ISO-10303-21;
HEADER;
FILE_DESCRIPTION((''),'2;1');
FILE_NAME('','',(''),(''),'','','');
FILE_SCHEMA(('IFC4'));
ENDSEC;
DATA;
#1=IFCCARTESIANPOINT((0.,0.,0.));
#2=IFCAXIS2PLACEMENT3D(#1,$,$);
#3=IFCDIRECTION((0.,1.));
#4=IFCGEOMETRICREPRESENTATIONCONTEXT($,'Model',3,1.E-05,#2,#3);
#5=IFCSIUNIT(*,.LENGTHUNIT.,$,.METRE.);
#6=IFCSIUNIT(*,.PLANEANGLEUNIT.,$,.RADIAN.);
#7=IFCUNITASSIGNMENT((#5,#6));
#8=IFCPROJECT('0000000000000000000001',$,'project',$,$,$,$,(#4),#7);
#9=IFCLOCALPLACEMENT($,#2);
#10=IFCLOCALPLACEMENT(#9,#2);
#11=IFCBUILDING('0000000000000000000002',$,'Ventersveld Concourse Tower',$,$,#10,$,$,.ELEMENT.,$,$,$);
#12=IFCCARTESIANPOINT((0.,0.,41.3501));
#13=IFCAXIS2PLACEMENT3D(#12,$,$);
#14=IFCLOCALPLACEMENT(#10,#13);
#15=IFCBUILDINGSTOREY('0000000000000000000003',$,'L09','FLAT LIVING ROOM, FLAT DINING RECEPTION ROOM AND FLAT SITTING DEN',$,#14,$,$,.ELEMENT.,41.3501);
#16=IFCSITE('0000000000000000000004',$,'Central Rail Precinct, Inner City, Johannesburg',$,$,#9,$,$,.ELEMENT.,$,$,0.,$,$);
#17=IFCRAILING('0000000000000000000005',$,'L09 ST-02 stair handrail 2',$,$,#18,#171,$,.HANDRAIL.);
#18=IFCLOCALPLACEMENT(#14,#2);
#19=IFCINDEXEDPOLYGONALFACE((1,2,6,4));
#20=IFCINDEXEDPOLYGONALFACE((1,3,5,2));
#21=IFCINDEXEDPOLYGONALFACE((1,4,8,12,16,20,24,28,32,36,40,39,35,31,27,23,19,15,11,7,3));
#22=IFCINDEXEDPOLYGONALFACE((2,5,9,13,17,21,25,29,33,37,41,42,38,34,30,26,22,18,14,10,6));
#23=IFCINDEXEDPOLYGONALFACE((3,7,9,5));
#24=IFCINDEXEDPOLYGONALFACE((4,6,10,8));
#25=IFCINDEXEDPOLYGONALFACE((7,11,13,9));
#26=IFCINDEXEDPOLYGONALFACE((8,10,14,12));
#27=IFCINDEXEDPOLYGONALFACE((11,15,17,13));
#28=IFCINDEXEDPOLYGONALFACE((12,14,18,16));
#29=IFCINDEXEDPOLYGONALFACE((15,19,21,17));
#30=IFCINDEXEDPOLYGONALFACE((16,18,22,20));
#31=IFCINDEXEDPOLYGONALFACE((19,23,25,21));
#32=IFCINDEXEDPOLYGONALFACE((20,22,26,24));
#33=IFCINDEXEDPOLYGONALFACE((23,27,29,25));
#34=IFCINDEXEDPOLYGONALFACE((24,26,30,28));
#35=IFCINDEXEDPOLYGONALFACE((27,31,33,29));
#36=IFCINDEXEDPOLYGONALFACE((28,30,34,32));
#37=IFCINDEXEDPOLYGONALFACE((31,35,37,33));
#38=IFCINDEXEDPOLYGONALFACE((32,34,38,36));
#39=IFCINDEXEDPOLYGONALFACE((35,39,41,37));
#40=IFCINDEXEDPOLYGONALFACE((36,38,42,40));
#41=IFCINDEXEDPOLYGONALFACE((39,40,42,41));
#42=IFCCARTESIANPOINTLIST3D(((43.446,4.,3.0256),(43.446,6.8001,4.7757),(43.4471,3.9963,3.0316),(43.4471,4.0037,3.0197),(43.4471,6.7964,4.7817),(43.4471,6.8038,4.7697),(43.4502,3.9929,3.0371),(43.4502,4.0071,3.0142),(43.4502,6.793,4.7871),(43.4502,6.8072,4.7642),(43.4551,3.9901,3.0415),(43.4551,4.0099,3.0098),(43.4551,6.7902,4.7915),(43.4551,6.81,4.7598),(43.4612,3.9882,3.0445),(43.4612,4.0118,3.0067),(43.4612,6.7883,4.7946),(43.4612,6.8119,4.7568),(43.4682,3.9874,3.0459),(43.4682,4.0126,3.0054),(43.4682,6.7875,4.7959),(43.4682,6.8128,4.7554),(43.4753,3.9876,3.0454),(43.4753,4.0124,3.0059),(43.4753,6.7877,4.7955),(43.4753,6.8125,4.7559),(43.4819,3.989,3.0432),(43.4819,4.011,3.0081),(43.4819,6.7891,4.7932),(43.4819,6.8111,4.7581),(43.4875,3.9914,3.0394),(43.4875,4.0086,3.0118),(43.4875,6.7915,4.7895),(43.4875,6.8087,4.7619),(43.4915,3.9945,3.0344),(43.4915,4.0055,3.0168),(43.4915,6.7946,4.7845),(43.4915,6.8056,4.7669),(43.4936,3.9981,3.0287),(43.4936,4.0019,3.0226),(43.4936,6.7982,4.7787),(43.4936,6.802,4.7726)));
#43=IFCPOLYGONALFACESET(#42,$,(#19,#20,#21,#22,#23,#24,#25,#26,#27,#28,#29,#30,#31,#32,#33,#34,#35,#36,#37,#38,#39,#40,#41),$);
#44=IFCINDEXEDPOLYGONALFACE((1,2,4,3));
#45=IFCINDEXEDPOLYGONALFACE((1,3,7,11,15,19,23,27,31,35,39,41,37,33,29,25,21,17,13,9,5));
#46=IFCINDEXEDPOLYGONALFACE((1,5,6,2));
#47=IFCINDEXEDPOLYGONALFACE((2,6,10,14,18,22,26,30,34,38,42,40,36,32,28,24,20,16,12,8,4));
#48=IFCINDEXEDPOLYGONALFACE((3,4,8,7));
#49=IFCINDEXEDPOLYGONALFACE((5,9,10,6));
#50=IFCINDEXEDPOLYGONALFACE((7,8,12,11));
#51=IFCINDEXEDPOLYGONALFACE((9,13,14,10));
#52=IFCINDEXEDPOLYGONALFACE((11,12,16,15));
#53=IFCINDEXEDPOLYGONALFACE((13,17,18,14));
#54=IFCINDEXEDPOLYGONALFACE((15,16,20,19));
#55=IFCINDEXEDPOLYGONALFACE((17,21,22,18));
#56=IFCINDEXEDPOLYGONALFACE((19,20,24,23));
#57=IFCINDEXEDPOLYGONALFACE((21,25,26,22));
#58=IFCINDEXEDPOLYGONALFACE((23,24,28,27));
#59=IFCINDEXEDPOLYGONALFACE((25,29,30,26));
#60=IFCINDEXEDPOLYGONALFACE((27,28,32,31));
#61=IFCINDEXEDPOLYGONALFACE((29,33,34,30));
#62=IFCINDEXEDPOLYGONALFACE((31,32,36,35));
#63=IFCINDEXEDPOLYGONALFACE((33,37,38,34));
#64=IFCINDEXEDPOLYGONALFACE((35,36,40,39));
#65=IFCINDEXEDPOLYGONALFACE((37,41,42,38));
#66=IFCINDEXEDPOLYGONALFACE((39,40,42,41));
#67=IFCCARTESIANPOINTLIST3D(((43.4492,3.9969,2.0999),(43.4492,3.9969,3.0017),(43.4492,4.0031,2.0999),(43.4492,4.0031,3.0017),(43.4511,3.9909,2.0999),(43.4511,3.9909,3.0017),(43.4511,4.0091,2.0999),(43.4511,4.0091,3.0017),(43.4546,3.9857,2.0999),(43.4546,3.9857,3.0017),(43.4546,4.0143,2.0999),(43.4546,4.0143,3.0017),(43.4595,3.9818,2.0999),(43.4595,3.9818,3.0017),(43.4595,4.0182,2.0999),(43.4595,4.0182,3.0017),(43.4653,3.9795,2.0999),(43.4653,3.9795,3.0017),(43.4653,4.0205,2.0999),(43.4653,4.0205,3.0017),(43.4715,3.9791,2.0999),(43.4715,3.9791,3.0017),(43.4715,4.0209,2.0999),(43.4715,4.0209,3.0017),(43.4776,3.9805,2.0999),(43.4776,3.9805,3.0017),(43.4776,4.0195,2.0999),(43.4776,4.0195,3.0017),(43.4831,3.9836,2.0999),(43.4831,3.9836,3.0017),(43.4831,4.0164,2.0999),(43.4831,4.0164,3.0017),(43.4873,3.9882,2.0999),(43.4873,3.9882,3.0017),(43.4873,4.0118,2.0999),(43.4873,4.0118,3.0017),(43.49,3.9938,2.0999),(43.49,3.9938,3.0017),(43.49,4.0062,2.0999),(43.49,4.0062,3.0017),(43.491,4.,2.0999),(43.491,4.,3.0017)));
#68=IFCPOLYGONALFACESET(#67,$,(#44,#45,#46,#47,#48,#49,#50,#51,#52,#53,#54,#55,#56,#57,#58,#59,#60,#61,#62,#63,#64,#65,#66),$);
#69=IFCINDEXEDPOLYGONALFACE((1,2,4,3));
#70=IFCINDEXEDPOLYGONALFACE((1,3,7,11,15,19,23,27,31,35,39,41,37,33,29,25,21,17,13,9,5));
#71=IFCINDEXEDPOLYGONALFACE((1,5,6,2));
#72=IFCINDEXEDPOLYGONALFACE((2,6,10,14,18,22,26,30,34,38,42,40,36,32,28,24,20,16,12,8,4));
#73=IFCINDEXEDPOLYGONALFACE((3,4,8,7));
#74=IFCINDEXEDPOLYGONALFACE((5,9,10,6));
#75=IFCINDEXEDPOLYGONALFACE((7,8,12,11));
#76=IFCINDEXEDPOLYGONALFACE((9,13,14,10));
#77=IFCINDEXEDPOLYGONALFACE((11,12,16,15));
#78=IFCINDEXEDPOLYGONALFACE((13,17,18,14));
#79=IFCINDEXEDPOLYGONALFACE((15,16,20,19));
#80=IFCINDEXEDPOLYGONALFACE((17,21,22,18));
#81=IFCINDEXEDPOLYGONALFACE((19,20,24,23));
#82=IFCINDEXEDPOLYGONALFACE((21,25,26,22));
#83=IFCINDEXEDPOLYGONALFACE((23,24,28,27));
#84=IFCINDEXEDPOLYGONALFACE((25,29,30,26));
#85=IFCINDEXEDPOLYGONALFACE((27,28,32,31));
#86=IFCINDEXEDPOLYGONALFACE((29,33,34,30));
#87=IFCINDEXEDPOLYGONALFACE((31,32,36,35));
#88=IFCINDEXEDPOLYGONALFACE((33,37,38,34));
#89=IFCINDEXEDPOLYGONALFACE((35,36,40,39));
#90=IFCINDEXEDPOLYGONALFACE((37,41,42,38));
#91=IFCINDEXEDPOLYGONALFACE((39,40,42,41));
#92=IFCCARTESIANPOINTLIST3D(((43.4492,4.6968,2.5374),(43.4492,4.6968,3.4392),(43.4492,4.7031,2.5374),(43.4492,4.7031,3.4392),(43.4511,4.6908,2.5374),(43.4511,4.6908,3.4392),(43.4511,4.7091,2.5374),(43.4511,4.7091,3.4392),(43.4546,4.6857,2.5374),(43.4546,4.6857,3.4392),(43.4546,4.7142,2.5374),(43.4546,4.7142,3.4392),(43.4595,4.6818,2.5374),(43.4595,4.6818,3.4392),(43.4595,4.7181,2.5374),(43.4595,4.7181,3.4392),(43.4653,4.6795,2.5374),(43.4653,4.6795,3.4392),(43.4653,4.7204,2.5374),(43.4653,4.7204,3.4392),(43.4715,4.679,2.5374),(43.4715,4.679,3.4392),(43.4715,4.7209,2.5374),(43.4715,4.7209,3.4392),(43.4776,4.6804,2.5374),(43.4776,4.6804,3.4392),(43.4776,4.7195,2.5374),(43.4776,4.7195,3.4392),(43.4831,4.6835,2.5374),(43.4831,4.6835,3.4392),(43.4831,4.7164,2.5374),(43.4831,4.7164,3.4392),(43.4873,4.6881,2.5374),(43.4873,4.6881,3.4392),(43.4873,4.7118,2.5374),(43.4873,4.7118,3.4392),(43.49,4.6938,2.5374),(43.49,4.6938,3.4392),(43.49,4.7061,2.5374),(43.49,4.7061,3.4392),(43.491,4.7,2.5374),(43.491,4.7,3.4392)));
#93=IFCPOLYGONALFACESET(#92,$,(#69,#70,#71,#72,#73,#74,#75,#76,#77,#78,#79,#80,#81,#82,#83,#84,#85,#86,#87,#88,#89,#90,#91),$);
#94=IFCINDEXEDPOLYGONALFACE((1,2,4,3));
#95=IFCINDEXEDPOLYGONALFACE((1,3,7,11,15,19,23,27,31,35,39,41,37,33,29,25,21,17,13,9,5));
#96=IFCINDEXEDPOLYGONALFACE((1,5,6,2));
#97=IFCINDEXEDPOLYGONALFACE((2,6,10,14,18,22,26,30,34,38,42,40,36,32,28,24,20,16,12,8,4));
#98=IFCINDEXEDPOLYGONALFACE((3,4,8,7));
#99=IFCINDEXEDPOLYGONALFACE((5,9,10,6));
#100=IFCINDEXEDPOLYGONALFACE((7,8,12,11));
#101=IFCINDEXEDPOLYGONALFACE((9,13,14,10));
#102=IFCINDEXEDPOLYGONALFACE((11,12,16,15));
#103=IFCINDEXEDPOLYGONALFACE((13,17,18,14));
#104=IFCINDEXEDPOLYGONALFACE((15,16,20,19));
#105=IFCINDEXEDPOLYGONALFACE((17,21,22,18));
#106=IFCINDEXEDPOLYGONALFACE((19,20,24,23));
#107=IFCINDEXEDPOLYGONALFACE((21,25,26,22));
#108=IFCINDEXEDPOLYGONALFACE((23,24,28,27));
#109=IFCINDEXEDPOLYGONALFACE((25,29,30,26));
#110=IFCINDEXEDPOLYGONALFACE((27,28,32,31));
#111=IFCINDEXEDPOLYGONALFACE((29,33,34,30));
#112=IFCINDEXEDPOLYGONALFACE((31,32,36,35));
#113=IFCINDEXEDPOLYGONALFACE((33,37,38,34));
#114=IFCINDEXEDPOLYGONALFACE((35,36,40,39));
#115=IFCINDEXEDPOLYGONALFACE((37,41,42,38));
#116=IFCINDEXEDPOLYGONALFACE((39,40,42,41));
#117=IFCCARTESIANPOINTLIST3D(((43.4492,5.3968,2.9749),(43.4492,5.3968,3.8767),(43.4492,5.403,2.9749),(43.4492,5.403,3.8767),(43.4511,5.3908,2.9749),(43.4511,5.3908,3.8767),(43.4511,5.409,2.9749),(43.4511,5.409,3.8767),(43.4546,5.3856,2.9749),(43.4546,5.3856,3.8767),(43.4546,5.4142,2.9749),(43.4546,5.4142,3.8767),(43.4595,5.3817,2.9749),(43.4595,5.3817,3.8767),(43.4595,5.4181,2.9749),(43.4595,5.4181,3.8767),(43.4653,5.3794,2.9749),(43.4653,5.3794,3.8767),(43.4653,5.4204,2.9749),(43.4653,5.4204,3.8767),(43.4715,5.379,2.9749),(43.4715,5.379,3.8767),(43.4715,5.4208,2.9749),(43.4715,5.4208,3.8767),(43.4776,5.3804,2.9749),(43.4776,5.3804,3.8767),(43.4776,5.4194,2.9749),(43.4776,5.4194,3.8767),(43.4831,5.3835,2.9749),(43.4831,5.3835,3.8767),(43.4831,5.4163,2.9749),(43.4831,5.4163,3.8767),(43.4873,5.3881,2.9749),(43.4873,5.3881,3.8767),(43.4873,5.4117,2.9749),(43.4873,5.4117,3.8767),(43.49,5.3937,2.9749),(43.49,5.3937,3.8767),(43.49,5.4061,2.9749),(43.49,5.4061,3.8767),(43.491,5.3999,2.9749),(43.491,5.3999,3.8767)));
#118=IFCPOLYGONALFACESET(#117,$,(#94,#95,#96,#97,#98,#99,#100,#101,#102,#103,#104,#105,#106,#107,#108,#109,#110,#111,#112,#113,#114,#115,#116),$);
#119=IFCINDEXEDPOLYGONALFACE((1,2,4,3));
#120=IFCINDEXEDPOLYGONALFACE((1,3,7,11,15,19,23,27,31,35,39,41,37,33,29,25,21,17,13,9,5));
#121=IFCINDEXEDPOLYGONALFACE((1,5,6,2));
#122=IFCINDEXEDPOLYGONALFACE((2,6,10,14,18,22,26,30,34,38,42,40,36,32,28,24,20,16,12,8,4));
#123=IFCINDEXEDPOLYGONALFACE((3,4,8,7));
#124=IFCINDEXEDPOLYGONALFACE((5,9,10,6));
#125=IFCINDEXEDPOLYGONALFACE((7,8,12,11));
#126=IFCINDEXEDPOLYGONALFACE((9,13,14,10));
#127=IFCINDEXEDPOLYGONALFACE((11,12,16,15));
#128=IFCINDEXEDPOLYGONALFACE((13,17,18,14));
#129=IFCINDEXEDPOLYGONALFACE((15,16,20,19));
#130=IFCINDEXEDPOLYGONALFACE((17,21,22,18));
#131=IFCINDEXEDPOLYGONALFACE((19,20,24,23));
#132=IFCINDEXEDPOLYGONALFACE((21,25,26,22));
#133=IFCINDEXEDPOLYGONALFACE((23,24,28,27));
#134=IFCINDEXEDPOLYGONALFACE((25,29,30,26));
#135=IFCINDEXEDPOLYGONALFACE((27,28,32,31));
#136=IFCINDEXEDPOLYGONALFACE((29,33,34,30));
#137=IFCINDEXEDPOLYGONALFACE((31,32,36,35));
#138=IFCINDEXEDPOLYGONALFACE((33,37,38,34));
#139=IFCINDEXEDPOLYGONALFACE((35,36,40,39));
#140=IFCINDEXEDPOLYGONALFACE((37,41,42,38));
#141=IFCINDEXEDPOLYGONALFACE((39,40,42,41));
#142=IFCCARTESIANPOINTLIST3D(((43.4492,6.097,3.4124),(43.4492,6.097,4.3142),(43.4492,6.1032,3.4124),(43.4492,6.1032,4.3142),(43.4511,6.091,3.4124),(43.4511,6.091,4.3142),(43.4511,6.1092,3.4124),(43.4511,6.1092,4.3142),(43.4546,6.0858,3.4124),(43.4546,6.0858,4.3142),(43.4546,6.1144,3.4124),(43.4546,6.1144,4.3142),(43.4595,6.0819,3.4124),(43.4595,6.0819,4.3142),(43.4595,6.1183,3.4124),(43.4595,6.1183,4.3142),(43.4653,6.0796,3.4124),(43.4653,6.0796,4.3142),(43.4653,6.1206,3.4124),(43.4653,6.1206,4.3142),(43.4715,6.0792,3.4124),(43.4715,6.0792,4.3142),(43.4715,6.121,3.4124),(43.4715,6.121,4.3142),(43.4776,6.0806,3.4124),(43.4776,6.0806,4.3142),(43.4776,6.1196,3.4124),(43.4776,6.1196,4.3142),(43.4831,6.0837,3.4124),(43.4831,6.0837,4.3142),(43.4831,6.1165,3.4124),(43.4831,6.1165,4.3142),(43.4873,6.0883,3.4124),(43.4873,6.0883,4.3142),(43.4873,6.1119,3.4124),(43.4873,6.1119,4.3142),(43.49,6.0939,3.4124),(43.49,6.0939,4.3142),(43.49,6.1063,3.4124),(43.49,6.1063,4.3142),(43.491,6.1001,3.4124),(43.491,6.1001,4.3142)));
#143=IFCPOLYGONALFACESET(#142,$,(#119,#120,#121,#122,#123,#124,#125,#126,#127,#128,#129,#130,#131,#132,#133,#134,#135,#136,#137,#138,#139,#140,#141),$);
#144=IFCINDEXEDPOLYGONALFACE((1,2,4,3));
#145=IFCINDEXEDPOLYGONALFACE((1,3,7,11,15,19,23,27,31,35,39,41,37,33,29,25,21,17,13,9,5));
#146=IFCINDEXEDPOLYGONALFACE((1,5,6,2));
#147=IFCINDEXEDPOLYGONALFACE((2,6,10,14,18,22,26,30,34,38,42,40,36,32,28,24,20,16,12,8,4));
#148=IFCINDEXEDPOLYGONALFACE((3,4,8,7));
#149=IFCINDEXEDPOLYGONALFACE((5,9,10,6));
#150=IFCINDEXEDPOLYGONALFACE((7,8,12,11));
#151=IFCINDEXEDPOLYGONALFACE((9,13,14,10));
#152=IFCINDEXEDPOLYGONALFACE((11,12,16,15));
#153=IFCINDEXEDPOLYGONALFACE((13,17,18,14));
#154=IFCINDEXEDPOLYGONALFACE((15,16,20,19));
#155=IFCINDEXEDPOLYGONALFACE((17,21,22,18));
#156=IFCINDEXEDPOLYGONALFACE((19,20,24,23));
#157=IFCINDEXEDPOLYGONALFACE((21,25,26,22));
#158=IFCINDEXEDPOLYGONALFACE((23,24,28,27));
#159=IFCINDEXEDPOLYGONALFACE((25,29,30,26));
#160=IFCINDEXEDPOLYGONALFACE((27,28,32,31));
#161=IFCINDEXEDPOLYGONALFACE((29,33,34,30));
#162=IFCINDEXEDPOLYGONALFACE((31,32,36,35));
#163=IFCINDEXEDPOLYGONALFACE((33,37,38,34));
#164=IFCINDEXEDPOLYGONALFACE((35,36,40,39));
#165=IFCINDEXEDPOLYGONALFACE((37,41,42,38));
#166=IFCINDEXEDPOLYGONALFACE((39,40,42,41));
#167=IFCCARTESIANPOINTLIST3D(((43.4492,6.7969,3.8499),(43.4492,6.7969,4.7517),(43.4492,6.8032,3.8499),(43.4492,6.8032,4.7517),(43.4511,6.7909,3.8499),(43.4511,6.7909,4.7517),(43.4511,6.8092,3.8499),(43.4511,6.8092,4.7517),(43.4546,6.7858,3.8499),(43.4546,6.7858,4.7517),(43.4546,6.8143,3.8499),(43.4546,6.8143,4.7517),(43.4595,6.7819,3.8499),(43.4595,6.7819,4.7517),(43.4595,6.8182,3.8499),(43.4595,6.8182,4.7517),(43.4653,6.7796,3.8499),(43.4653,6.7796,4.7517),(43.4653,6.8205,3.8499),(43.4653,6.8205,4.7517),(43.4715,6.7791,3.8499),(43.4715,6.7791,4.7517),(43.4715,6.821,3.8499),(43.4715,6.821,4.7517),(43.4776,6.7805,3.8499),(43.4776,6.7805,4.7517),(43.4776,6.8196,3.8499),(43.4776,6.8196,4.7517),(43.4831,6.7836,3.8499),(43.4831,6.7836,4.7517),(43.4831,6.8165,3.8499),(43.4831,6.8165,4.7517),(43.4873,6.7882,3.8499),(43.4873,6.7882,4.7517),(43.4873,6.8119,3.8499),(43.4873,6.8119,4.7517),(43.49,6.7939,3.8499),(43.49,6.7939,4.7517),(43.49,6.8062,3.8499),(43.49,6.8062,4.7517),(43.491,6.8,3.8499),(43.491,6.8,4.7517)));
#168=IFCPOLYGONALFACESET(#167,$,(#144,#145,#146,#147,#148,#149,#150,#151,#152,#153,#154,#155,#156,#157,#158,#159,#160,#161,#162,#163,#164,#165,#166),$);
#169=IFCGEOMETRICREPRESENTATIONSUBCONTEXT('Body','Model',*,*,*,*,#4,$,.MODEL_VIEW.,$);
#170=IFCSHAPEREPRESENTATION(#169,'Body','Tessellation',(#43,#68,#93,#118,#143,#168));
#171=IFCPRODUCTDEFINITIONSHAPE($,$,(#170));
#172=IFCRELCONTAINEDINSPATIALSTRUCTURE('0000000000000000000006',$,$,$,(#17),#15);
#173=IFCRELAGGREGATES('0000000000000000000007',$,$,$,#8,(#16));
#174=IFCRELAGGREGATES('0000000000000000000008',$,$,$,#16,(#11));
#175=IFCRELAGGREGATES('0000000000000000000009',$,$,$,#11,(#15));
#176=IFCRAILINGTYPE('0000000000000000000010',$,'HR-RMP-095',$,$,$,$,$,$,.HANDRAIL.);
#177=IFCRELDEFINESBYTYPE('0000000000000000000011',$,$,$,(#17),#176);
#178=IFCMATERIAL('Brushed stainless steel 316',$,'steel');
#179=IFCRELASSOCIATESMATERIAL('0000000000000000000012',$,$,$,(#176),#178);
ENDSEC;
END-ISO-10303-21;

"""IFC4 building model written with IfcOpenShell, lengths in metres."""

from ifc_helpers import new_model, si_unit, direction, frame, origin, origin_2d, place, context, subcontext, project, spatial, circle, extrude, material, type_object, element, save


model = new_model("IFC4")

# Units and contexts
model_context = context("Model", 3, precision=1e-05, world=origin(), true_north=direction((0.0, 1.0)))
body_context = subcontext(model_context, "Body", "Model", "MODEL_VIEW")
ifc_project = project(units=[si_unit("LENGTHUNIT", "METRE"), si_unit("PLANEANGLEUNIT", "RADIAN")], contexts=[model_context])

# Site, building, storey
site_placement = place(None, origin())
site = spatial("IfcSite", under=ifc_project, at=site_placement, Name="Central Rail Precinct, Inner City, Johannesburg", CompositionType="ELEMENT", RefElevation=0.0)
building_placement = place(site_placement, origin())
building = spatial("IfcBuilding", under=site, at=building_placement, Name="Ventersveld Concourse Tower", CompositionType="ELEMENT")
storey_placement = place(building_placement, frame((0.0, 0.0, 41.3501)))
storey = spatial("IfcBuildingStorey", under=building, at=storey_placement, Name="L09", Description="FLAT LIVING ROOM, FLAT DINING RECEPTION ROOM AND FLAT SITTING DEN", CompositionType="ELEMENT", Elevation=41.3501)

# Railing
ifc_material_1 = material(Name="Brushed stainless steel 316", Category="steel")
railing_type_1 = type_object("IfcRailingType", Name="HR-RMP-095", PredefinedType="HANDRAIL", material=ifc_material_1)
railing_1_placement = place(storey_placement, frame((43.47, 4.0, 2.0999)))
element("IfcRailing", 1, at=railing_1_placement, inside=storey, type_object=railing_type_1, Name="L09 ST-02 stair handrail 2", PredefinedType="HANDRAIL", context=body_context, shape_type="SweptSolid", body=[
    extrude(circle(Radius=0.0239, at=origin_2d()), frame((0.0, 0.0, 0.9258), z_axis=(0.0, 0.848002, 0.529992), x_axis=(-1.0, 0.0, 0.0)), (0.0, 0.0, 1.0), 3.302),
    extrude(circle(Radius=0.021, at=origin_2d()), origin(), (0.0, 0.0, 1.0), 0.9019),
    extrude(circle(Radius=0.021, at=origin_2d()), frame((0.0, 0.7, 0.4375)), (0.0, 0.0, 1.0), 0.9019),
    extrude(circle(Radius=0.021, at=origin_2d()), frame((0.0, 1.3999, 0.875)), (0.0, 0.0, 1.0), 0.9019),
    extrude(circle(Radius=0.021, at=origin_2d()), frame((0.0, 2.1001, 1.3125)), (0.0, 0.0, 1.0), 0.9019),
    extrude(circle(Radius=0.021, at=origin_2d()), frame((0.0, 2.8, 1.75)), (0.0, 0.0, 1.0), 0.9019),
])

save(model, "model.ifc")
